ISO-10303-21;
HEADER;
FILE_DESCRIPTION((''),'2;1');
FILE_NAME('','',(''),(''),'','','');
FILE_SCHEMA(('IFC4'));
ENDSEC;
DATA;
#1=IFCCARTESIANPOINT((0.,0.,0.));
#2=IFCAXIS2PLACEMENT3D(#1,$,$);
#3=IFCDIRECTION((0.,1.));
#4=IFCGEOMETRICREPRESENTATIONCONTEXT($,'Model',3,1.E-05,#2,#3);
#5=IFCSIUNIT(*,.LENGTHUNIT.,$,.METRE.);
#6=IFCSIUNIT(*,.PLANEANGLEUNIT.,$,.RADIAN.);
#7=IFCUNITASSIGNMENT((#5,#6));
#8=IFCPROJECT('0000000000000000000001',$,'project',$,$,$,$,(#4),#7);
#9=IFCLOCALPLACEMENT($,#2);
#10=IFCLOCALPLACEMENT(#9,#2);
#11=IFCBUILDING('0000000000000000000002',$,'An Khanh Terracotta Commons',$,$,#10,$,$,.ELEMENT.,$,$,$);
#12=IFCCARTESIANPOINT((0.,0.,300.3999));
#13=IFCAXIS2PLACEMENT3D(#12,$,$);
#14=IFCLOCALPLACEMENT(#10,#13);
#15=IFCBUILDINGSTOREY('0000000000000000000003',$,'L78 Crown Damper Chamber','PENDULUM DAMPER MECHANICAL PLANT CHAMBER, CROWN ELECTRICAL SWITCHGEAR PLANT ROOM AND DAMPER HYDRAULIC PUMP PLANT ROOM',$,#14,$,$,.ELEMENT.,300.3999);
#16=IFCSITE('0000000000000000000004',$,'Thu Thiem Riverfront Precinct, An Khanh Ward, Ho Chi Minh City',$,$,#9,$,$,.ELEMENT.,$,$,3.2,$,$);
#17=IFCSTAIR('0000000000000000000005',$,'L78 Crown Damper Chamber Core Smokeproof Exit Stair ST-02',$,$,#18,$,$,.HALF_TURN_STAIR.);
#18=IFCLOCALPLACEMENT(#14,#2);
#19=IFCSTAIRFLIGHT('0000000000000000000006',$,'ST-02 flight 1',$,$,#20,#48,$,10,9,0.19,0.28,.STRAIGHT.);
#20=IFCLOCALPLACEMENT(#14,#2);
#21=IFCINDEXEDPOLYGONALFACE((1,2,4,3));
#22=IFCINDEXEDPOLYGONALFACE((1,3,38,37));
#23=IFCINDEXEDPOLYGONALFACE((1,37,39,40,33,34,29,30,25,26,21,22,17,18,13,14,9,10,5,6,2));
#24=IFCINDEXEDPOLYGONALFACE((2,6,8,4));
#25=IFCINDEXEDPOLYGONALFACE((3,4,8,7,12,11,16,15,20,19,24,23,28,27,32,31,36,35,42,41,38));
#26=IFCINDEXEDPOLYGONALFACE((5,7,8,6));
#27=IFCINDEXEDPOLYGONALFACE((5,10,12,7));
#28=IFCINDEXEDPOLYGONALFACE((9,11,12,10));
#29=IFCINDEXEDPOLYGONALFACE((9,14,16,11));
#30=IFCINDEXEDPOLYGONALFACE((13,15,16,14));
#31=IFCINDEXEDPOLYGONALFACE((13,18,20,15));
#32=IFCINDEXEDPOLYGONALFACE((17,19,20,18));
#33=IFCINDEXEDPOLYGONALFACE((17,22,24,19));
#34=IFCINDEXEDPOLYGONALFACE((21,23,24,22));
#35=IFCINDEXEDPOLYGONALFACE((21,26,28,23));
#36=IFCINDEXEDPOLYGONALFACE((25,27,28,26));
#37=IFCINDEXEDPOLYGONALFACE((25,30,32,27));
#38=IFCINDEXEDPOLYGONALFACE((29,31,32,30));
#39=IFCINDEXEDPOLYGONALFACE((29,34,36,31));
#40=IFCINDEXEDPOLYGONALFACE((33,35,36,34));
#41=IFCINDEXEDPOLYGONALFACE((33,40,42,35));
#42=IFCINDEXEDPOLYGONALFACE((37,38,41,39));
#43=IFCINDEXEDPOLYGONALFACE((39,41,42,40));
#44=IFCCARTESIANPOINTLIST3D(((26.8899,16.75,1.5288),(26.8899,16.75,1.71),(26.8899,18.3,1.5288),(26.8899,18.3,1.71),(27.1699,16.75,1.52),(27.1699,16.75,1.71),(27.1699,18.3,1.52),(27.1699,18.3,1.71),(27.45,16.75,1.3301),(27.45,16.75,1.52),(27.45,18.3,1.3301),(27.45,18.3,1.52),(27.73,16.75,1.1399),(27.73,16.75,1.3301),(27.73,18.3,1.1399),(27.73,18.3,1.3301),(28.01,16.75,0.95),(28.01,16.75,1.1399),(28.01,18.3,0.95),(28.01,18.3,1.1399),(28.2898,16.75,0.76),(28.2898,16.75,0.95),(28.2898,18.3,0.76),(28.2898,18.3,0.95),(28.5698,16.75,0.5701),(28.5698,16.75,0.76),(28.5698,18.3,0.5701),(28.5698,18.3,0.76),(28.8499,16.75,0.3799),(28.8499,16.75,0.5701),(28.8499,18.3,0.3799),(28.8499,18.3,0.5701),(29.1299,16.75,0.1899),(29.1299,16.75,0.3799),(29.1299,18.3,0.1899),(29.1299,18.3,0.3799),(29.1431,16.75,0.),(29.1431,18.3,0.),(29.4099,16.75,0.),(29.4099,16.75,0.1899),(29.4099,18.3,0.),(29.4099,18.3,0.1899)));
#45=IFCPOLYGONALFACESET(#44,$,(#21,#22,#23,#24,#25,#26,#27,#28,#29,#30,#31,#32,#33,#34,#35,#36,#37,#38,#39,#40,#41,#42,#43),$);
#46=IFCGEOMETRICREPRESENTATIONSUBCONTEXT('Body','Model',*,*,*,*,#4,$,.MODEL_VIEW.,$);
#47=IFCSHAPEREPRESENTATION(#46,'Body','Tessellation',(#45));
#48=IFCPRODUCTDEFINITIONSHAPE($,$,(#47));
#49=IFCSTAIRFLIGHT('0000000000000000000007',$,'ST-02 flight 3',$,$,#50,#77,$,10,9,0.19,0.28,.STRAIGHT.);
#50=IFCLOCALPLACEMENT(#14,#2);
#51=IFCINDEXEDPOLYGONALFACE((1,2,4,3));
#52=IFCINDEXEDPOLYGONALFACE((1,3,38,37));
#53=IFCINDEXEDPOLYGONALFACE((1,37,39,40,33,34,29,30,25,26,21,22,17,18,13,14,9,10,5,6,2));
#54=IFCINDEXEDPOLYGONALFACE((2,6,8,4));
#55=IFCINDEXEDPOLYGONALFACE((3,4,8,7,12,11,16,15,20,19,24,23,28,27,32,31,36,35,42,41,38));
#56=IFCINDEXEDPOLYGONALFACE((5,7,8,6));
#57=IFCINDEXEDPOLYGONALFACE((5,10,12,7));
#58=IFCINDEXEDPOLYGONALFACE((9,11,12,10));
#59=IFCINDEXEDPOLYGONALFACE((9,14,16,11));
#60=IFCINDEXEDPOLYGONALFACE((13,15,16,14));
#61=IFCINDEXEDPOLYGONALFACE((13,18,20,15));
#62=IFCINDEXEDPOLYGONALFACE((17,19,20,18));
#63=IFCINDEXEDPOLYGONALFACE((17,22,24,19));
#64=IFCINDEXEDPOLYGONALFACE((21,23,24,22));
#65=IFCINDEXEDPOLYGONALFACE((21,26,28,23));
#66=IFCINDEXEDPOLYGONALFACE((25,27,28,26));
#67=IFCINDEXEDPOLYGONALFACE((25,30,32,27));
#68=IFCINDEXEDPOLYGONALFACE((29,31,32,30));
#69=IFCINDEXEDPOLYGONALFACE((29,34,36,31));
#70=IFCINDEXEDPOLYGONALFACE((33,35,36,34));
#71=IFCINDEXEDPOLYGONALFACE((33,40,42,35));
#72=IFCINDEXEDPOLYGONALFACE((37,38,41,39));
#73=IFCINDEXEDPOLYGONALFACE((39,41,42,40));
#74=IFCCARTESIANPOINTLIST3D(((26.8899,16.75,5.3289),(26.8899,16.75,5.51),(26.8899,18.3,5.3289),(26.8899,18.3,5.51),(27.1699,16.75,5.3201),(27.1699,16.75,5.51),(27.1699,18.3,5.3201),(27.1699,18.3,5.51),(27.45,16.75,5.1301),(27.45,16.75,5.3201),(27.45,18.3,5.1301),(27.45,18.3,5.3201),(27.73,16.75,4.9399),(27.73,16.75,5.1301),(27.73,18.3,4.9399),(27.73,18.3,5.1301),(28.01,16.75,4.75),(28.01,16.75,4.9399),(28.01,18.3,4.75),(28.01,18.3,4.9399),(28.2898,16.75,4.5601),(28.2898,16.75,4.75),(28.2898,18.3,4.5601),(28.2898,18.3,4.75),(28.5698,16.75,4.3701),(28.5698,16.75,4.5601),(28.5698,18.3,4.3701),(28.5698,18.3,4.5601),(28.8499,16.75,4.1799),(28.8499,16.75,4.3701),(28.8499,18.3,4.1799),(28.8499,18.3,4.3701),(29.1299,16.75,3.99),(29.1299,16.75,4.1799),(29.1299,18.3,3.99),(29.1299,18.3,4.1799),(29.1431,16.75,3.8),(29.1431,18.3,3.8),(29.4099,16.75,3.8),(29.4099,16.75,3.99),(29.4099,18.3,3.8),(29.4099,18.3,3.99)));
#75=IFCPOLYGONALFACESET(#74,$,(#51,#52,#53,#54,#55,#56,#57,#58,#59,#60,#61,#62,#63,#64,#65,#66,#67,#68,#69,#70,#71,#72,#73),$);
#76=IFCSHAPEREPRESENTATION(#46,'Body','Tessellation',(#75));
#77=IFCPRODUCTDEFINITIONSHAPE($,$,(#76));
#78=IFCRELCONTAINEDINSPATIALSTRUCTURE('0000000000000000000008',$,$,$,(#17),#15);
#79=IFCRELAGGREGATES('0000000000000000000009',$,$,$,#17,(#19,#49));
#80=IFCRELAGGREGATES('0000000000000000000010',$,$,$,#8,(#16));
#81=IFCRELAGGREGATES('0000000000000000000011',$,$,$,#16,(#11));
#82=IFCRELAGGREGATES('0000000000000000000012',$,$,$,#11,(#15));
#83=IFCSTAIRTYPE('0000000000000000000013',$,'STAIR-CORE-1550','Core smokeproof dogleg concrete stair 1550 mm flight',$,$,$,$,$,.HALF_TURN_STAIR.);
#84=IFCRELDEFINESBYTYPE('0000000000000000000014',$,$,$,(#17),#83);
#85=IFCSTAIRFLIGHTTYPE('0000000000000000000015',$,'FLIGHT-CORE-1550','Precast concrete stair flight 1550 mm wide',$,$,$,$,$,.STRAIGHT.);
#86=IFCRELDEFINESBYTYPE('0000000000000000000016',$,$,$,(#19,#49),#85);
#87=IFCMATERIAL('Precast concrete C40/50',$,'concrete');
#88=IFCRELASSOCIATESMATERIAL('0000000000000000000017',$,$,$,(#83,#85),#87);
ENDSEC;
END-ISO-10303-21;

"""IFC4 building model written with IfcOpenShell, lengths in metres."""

from ifc_helpers import new_model, si_unit, direction, frame, origin, place, context, subcontext, project, spatial, polyline, outline, extrude, material, type_object, element, aggregate, save


model = new_model("IFC4")

# Units and contexts
model_context = context("Model", 3, precision=1e-05, world=origin(), true_north=direction((0.0, 1.0)))
body_context = subcontext(model_context, "Body", "Model", "MODEL_VIEW")
ifc_project = project(units=[si_unit("LENGTHUNIT", "METRE"), si_unit("PLANEANGLEUNIT", "RADIAN")], contexts=[model_context])

# Site, building, storey
site_placement = place(None, origin())
site = spatial("IfcSite", under=ifc_project, at=site_placement, Name="Thu Thiem Riverfront Precinct, An Khanh Ward, Ho Chi Minh City", CompositionType="ELEMENT", RefElevation=3.2)
building_placement = place(site_placement, origin())
building = spatial("IfcBuilding", under=site, at=building_placement, Name="An Khanh Terracotta Commons", CompositionType="ELEMENT")
storey_placement = place(building_placement, frame((0.0, 0.0, 300.3999)))
storey = spatial("IfcBuildingStorey", under=building, at=storey_placement, Name="L78 Crown Damper Chamber", Description="PENDULUM DAMPER MECHANICAL PLANT CHAMBER, CROWN ELECTRICAL SWITCHGEAR PLANT ROOM AND DAMPER HYDRAULIC PUMP PLANT ROOM", CompositionType="ELEMENT", Elevation=300.3999)

# Stair, stair flights
ifc_material_1 = material(Name="Precast concrete C40/50", Category="concrete")
stair_type = type_object("IfcStairType", Name="STAIR-CORE-1550", Description="Core smokeproof dogleg concrete stair 1550 mm flight", PredefinedType="HALF_TURN_STAIR", material=ifc_material_1)
stair_placement = place(storey_placement, origin())
stair = element("IfcStair", 1, at=stair_placement, inside=storey, type_object=stair_type, Name="L78 Crown Damper Chamber Core Smokeproof Exit Stair ST-02", PredefinedType="HALF_TURN_STAIR")
stair_flight_type = type_object("IfcStairFlightType", Name="FLIGHT-CORE-1550", Description="Precast concrete stair flight 1550 mm wide", PredefinedType="STRAIGHT", material=ifc_material_1)
stair_flight_1_placement = place(storey_placement, frame((29.4099, 17.5249, 0.0), z_axis=(0.0, 0.0, 1.0), x_axis=(-1.0, 0.0, 0.0)))
stair_flight_1 = element("IfcStairFlight", 2, at=stair_flight_1_placement, type_object=stair_flight_type, Name="ST-02 flight 1", NumberOfRisers=10, NumberOfTreads=9, PredefinedType="STRAIGHT", RiserHeight=0.19, TreadLength=0.28, context=body_context, shape_type="SweptSolid", body=[
    extrude(outline(polyline([(0.0, 0.0), (0.0, 0.1899), (0.28, 0.1899), (0.28, 0.3799), (0.5601, 0.3799), (0.5601, 0.5701), (0.8401, 0.5701), (0.8401, 0.76), (1.1201, 0.76), (1.1201, 0.95), (1.3999, 0.95), (1.3999, 1.1399), (1.6799, 1.1399), (1.6799, 1.3301), (1.96, 1.3301), (1.96, 1.52), (2.24, 1.52), (2.24, 1.71), (2.52, 1.71), (2.52, 1.8999), (2.52, 1.5288), (0.2668, 0.0), (0.0, 0.0)])), frame((0.0, 0.7749, 0.0), z_axis=(0.0, -1.0, 0.0), x_axis=(1.0, 0.0, 0.0)), (0.0, 0.0, 1.0), 1.55),
])
stair_flight_2_placement = place(storey_placement, frame((29.4099, 17.5249, 3.8), z_axis=(0.0, 0.0, 1.0), x_axis=(-1.0, 0.0, 0.0)))
stair_flight_2 = element("IfcStairFlight", 3, at=stair_flight_2_placement, type_object=stair_flight_type, Name="ST-02 flight 3", NumberOfRisers=10, NumberOfTreads=9, PredefinedType="STRAIGHT", RiserHeight=0.19, TreadLength=0.28, context=body_context, shape_type="SweptSolid", body=[
    extrude(outline(polyline([(0.0, 0.0), (0.0, 0.1899), (0.28, 0.1899), (0.28, 0.3799), (0.5601, 0.3799), (0.5601, 0.5701), (0.8401, 0.5701), (0.8401, 0.76), (1.1201, 0.76), (1.1201, 0.95), (1.3999, 0.95), (1.3999, 1.1399), (1.6799, 1.1399), (1.6799, 1.3301), (1.96, 1.3301), (1.96, 1.52), (2.24, 1.52), (2.24, 1.71), (2.52, 1.71), (2.52, 1.8999), (2.52, 1.5288), (0.2668, 0.0), (0.0, 0.0)])), frame((0.0, 0.7749, 0.0), z_axis=(0.0, -1.0, 0.0), x_axis=(1.0, 0.0, 0.0)), (0.0, 0.0, 1.0), 1.55),
])
aggregate(stair, [stair_flight_1, stair_flight_2])

save(model, "model.ifc")
